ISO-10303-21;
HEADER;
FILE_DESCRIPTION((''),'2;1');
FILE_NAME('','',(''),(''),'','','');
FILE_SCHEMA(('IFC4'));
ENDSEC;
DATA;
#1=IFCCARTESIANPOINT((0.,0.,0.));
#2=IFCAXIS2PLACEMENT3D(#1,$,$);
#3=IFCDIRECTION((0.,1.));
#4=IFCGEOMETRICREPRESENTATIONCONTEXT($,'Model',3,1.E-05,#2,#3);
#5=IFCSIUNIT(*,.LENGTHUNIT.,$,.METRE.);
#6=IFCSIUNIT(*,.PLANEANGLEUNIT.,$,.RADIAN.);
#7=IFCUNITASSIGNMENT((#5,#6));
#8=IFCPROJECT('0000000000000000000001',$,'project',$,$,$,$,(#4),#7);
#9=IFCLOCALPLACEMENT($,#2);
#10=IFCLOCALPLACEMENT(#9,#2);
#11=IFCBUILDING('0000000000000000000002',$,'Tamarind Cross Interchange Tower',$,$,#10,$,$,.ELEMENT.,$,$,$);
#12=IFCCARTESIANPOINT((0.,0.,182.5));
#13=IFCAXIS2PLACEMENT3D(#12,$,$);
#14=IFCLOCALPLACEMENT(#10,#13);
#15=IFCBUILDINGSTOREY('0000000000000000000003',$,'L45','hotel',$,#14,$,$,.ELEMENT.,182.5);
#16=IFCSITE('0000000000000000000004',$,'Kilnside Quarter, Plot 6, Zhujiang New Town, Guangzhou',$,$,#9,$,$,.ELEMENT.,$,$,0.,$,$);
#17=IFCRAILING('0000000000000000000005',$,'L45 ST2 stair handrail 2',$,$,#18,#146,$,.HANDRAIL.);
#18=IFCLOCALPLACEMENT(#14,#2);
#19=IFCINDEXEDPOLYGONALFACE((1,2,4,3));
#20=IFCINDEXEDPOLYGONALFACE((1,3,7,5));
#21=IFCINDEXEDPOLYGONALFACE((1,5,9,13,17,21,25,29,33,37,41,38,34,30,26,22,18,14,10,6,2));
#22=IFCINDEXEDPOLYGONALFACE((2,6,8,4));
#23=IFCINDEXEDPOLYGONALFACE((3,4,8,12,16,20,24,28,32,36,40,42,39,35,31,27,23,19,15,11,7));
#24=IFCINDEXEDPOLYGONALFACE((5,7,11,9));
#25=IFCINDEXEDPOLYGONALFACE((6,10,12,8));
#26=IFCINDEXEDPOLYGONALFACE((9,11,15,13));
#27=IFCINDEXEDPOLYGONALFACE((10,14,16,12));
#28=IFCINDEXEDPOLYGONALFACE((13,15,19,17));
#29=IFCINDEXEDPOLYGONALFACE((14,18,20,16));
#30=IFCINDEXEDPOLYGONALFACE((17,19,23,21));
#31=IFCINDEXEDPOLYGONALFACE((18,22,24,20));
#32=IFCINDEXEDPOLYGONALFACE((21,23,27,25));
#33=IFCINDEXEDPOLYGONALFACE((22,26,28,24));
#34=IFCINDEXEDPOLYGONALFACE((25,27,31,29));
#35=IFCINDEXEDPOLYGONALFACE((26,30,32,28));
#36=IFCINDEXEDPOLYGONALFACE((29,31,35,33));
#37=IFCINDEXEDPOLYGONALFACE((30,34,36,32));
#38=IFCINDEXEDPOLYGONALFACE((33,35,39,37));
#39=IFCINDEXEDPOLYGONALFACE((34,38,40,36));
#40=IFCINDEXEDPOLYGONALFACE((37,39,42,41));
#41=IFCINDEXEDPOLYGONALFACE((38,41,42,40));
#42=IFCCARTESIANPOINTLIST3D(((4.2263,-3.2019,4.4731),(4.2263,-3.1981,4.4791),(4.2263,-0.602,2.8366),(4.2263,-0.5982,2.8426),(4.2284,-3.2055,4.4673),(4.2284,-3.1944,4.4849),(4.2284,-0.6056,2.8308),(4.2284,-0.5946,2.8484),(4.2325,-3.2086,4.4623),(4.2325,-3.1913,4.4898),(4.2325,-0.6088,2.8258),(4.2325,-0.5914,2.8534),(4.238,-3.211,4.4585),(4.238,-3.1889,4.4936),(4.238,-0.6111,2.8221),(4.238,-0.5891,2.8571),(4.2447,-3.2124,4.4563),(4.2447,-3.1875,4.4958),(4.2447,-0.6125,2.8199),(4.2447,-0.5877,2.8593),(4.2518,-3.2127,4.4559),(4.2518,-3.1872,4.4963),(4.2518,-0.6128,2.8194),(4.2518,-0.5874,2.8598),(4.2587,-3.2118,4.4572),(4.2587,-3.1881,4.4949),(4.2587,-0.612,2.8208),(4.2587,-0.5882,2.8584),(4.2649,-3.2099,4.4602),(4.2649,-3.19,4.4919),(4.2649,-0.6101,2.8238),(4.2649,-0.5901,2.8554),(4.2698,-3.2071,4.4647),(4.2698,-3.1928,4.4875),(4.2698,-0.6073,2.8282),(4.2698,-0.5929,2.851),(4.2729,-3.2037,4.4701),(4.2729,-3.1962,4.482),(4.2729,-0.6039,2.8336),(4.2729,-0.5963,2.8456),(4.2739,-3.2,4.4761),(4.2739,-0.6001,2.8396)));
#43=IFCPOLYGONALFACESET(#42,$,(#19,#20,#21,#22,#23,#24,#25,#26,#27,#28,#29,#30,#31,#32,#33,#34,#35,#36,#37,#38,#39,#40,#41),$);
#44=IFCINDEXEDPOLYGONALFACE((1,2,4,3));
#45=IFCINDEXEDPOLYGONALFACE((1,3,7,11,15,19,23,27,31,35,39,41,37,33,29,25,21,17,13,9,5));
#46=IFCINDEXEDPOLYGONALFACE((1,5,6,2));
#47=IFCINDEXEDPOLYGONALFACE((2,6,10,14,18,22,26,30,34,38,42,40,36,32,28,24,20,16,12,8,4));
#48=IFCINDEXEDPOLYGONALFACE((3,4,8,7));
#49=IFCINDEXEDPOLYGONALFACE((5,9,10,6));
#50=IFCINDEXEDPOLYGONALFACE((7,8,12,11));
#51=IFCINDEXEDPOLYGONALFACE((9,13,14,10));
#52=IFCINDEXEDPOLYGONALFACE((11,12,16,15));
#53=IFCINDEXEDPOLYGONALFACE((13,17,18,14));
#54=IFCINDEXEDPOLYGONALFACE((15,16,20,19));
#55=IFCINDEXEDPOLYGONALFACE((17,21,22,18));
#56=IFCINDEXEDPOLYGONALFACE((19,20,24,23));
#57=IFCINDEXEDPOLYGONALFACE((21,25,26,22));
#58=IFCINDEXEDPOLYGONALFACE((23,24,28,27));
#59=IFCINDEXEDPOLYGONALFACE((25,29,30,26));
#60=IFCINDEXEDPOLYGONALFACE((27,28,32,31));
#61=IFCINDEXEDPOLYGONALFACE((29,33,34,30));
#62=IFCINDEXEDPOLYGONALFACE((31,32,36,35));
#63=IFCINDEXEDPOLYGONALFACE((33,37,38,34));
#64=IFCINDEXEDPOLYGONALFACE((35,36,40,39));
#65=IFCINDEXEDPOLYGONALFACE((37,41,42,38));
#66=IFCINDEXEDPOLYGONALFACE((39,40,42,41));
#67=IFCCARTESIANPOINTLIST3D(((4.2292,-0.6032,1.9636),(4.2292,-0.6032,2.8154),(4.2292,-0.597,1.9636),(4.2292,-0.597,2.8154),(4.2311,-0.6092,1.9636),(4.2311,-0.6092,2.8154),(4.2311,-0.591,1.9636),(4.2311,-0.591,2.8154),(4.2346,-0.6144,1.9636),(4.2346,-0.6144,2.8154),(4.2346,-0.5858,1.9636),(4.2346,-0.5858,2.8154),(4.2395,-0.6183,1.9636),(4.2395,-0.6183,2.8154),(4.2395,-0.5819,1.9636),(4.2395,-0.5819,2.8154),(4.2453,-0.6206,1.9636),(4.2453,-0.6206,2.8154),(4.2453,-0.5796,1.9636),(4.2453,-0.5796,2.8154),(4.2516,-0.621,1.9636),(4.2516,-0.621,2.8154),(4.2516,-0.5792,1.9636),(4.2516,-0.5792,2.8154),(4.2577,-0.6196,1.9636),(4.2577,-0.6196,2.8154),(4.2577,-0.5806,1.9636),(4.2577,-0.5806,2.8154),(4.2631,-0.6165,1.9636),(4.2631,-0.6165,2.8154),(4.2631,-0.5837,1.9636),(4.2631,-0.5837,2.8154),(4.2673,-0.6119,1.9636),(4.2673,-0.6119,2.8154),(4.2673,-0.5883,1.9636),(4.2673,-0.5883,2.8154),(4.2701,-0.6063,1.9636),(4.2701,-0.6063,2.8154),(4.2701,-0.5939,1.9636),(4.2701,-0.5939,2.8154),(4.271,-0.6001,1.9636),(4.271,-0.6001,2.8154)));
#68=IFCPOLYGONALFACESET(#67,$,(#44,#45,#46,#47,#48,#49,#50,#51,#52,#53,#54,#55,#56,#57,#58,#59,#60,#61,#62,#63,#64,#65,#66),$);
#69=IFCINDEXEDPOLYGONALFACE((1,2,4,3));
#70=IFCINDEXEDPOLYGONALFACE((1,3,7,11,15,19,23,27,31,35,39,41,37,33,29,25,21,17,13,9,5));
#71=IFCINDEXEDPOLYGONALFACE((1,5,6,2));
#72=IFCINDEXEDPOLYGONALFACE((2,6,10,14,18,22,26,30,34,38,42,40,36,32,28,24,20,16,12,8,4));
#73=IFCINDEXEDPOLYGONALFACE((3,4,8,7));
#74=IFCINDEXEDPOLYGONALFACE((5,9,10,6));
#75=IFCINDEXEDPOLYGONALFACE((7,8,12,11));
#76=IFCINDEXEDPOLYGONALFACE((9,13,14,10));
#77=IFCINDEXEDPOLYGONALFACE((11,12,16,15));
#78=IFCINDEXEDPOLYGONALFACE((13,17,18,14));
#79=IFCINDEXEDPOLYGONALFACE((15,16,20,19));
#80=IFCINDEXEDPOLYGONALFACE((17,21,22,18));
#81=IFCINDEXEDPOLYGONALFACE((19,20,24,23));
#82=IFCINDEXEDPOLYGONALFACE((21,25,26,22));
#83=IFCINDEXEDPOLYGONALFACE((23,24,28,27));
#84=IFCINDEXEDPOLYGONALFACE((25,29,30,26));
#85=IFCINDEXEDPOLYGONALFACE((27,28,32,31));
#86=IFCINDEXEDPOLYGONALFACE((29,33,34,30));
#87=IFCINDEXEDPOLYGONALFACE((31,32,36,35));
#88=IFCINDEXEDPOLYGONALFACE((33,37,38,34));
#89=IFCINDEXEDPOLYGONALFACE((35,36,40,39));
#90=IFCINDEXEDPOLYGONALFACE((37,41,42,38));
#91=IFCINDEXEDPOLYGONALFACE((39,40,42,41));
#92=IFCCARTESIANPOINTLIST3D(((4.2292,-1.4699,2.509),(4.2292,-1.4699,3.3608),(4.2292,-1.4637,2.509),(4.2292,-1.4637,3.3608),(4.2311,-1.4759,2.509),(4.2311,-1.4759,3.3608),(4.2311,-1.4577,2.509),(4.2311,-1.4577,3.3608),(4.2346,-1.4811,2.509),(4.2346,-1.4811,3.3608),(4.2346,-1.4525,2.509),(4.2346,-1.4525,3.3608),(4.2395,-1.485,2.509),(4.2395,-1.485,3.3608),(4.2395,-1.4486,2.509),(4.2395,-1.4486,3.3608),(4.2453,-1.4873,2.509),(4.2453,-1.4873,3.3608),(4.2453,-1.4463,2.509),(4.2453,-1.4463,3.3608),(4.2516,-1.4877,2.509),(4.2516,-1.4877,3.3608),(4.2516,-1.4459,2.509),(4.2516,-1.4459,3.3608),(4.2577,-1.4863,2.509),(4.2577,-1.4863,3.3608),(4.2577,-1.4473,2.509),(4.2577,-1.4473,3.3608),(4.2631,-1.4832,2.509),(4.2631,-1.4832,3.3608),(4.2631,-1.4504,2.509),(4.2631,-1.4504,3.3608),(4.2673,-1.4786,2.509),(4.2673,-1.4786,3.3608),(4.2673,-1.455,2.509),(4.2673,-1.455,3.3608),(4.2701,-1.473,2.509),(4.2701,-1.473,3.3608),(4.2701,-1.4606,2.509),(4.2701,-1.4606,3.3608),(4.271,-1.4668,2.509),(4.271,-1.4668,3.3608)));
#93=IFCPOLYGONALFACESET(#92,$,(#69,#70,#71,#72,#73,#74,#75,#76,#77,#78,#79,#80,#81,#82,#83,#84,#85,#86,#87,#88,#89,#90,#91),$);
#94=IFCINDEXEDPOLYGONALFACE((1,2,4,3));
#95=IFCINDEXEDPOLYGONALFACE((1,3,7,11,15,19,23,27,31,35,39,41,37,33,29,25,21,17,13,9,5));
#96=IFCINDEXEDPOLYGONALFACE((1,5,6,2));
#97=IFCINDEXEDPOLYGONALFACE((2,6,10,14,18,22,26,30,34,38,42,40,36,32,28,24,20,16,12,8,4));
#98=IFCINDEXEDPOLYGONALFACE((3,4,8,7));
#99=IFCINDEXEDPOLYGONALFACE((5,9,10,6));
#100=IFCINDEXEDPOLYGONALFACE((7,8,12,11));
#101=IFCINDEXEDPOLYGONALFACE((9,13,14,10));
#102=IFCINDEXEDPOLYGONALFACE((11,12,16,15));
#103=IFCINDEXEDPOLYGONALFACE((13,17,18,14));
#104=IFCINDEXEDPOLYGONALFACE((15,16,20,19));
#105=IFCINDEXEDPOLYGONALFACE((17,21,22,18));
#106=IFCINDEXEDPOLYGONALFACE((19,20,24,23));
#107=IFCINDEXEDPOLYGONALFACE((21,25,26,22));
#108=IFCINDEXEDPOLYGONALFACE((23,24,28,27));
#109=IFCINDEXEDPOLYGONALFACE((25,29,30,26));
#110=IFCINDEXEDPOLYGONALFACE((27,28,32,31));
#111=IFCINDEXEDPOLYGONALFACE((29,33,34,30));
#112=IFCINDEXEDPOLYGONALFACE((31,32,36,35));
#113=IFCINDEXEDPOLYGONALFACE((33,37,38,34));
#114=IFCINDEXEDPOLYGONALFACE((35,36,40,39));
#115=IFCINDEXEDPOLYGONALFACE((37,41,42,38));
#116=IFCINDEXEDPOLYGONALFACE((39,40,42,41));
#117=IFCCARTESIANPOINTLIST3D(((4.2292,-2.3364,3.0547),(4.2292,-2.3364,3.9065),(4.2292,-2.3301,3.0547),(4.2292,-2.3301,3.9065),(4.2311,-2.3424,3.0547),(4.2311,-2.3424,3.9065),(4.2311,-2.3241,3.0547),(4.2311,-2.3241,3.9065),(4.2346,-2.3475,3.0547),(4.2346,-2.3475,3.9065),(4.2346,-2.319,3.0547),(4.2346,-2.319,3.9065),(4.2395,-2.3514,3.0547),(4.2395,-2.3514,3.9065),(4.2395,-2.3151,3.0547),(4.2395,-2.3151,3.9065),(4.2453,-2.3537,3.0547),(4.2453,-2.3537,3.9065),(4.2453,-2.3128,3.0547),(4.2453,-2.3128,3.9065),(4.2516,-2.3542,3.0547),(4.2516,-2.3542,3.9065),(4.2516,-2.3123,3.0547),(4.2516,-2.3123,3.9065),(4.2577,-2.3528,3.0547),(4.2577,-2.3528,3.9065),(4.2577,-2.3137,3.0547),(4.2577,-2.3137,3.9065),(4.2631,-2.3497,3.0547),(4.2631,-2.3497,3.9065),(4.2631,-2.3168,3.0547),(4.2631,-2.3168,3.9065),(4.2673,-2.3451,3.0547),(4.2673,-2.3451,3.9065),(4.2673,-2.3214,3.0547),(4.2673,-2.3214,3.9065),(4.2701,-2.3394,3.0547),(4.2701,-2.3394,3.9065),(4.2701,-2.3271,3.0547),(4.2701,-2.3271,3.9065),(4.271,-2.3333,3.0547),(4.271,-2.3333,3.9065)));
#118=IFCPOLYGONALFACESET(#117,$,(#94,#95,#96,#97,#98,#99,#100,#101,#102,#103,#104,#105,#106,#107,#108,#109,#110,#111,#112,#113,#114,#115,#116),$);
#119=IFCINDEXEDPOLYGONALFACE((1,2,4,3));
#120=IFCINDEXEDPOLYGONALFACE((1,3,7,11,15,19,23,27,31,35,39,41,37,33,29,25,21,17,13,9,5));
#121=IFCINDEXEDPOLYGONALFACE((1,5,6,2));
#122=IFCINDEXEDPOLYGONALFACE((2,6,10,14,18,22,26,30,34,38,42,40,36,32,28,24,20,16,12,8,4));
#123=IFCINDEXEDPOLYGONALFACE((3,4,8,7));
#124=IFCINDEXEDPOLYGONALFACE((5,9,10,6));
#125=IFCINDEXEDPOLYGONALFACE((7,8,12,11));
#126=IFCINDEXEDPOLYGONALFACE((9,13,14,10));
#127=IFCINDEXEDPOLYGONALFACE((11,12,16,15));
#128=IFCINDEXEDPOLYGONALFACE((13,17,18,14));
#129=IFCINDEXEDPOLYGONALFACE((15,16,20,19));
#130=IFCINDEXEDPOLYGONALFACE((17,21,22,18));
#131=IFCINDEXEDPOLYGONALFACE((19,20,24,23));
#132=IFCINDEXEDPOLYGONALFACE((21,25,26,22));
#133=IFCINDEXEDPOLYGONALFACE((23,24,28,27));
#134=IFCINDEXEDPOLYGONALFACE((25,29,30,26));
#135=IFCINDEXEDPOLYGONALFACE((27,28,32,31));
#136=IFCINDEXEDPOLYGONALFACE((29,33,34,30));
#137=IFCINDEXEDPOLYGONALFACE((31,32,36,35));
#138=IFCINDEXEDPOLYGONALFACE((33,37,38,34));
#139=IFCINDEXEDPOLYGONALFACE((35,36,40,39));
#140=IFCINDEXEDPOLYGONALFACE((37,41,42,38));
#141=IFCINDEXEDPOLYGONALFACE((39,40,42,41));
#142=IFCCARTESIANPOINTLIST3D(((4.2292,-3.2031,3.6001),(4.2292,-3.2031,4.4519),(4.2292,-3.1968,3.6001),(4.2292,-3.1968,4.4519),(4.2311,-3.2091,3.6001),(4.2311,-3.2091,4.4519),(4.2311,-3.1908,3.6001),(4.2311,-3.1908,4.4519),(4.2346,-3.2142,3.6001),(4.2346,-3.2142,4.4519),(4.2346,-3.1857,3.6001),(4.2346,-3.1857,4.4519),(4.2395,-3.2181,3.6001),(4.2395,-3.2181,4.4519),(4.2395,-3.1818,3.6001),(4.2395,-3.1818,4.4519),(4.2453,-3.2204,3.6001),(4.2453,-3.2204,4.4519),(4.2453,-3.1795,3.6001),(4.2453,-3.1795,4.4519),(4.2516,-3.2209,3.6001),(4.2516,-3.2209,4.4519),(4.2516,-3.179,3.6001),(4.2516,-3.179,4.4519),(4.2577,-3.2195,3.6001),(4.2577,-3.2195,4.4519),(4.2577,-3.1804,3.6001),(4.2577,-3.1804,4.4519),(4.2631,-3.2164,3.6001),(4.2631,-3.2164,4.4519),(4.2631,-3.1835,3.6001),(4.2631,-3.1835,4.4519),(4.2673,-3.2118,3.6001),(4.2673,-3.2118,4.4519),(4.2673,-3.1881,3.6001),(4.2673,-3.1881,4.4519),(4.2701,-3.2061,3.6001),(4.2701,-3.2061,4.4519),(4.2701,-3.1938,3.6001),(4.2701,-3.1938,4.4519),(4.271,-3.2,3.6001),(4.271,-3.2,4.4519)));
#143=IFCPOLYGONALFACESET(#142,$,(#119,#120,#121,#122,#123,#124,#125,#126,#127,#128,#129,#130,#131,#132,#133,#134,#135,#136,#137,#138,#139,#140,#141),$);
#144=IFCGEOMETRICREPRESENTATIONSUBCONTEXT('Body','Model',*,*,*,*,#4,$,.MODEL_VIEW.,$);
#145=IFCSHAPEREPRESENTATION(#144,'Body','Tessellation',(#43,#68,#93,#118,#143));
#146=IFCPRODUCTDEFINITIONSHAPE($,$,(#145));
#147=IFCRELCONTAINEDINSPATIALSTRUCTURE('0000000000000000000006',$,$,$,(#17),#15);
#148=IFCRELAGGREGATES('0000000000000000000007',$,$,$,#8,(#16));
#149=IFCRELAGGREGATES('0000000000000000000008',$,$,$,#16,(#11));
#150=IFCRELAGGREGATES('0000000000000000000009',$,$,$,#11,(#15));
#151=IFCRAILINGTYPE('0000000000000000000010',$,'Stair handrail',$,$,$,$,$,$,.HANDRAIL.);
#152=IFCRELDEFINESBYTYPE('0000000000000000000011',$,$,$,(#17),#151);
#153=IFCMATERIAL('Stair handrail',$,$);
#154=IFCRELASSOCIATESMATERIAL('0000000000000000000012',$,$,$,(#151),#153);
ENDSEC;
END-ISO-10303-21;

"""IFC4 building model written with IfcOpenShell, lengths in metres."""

from ifc_helpers import new_model, si_unit, direction, frame, origin, origin_2d, place, context, subcontext, project, spatial, circle, extrude, material, type_object, element, save


model = new_model("IFC4")

# Units and contexts
model_context = context("Model", 3, precision=1e-05, world=origin(), true_north=direction((0.0, 1.0)))
body_context = subcontext(model_context, "Body", "Model", "MODEL_VIEW")
ifc_project = project(units=[si_unit("LENGTHUNIT", "METRE"), si_unit("PLANEANGLEUNIT", "RADIAN")], contexts=[model_context])

# Site, building, storey
site_placement = place(None, origin())
site = spatial("IfcSite", under=ifc_project, at=site_placement, Name="Kilnside Quarter, Plot 6, Zhujiang New Town, Guangzhou", CompositionType="ELEMENT", RefElevation=0.0)
building_placement = place(site_placement, origin())
building = spatial("IfcBuilding", under=site, at=building_placement, Name="Tamarind Cross Interchange Tower", CompositionType="ELEMENT")
storey_placement = place(building_placement, frame((0.0, 0.0, 182.5)))
storey = spatial("IfcBuildingStorey", under=building, at=storey_placement, Name="L45", Description="hotel", CompositionType="ELEMENT", Elevation=182.5)

# Railing
ifc_material_1 = material(Name="Stair handrail")
railing_type_1 = type_object("IfcRailingType", Name="Stair handrail", PredefinedType="HANDRAIL", material=ifc_material_1)
railing_1_placement = place(storey_placement, frame((4.25, -0.6001, 1.9636)))
element("IfcRailing", 1, at=railing_1_placement, inside=storey, type_object=railing_type_1, Name="L45 ST2 stair handrail 2", PredefinedType="HANDRAIL", context=body_context, shape_type="SweptSolid", body=[
    extrude(circle(Radius=0.0239, at=origin_2d()), frame((0.0, 0.0, 0.876), z_axis=(0.0, -0.846302, 0.532704), x_axis=(1.0, 0.0, 0.0)), (0.0, 0.0, 1.0), 3.072),
    extrude(circle(Radius=0.021, at=origin_2d()), origin(), (0.0, 0.0, 1.0), 0.8518),
    extrude(circle(Radius=0.021, at=origin_2d()), frame((0.0, -0.8667, 0.5454)), (0.0, 0.0, 1.0), 0.8518),
    extrude(circle(Radius=0.021, at=origin_2d()), frame((0.0, -1.7332, 1.0911)), (0.0, 0.0, 1.0), 0.8518),
    extrude(circle(Radius=0.021, at=origin_2d()), frame((0.0, -2.5999, 1.6365)), (0.0, 0.0, 1.0), 0.8518),
])

save(model, "model.ifc")
